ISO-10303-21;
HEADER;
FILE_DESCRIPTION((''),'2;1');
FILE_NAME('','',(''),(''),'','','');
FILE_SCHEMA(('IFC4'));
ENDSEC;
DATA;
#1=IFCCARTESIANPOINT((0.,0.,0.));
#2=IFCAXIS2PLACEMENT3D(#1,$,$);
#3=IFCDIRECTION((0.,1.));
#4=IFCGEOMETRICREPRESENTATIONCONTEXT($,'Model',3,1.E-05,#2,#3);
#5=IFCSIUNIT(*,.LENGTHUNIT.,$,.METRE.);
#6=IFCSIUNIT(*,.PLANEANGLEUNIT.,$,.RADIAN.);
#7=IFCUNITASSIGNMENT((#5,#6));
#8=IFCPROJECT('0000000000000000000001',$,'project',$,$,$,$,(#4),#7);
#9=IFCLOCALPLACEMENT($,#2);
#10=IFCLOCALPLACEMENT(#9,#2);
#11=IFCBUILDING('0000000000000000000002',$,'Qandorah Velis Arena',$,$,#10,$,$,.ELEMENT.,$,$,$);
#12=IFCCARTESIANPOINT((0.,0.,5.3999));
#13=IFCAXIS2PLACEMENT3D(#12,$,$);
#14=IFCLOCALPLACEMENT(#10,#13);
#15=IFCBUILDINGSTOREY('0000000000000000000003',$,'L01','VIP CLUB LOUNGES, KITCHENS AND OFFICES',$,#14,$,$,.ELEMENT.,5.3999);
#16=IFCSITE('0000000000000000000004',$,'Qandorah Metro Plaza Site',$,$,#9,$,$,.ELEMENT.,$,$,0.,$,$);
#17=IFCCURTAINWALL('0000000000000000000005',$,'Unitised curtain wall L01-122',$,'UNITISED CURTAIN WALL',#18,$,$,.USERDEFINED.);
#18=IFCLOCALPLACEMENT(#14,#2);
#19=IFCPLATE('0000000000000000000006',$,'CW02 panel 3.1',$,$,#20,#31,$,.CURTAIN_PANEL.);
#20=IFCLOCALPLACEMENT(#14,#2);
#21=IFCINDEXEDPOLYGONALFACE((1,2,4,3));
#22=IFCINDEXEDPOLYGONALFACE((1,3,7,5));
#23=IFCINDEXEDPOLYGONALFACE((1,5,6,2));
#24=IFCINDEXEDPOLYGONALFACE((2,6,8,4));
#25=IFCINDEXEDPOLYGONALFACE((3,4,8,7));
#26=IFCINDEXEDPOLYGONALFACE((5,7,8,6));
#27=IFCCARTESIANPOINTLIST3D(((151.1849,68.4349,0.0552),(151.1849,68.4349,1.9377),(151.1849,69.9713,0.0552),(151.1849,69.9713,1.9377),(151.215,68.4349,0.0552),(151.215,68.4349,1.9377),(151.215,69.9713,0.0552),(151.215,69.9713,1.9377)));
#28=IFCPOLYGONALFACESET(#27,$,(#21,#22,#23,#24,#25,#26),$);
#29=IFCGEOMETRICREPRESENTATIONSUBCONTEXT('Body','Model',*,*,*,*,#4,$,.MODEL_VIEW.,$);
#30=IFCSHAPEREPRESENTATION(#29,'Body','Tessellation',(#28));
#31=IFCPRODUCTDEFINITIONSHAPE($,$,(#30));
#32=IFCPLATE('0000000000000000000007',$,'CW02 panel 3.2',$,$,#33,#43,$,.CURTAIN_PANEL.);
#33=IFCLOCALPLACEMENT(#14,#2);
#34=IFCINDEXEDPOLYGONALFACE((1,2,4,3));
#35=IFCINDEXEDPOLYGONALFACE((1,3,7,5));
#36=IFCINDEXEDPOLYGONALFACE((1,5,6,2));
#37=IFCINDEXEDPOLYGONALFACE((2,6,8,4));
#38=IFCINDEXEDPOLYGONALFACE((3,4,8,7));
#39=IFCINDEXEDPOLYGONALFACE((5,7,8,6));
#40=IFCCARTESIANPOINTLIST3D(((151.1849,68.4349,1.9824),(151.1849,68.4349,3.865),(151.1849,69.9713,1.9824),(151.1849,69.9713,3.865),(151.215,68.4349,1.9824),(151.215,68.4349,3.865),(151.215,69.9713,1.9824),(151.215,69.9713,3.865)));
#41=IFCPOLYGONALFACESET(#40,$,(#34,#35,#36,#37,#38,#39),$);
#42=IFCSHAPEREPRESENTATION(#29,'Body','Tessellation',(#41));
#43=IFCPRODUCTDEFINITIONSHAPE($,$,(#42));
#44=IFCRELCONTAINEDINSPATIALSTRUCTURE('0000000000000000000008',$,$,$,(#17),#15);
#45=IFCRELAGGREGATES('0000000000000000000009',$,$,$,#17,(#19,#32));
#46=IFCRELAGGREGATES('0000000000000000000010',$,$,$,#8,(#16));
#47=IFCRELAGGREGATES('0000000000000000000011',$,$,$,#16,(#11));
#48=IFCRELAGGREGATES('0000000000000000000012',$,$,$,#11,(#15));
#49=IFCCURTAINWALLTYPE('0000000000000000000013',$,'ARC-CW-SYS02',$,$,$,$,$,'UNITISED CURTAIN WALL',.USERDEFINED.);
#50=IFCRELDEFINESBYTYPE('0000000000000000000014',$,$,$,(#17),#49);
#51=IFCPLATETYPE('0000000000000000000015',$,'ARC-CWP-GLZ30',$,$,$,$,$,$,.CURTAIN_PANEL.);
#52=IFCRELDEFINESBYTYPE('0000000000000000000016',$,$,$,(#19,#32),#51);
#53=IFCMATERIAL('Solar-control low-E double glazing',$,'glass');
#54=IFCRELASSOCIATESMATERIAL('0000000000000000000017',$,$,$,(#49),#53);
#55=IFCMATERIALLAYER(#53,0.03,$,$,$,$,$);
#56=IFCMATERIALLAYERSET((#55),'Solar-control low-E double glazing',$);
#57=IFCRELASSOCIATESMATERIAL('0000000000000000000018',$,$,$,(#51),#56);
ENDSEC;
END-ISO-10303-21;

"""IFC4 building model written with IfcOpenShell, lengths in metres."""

from ifc_helpers import new_model, si_unit, direction, frame, origin, origin_2d, place, context, subcontext, project, spatial, rectangle, extrude, material, layer, layer_set, type_object, element, aggregate, save


model = new_model("IFC4")

# Units and contexts
model_context = context("Model", 3, precision=1e-05, world=origin(), true_north=direction((0.0, 1.0)))
body_context = subcontext(model_context, "Body", "Model", "MODEL_VIEW")
ifc_project = project(units=[si_unit("LENGTHUNIT", "METRE"), si_unit("PLANEANGLEUNIT", "RADIAN")], contexts=[model_context])

# Site, building, storey
site_placement = place(None, origin())
site = spatial("IfcSite", under=ifc_project, at=site_placement, Name="Qandorah Metro Plaza Site", CompositionType="ELEMENT", RefElevation=0.0)
building_placement = place(site_placement, origin())
building = spatial("IfcBuilding", under=site, at=building_placement, Name="Qandorah Velis Arena", CompositionType="ELEMENT")
storey_placement = place(building_placement, frame((0.0, 0.0, 5.3999)))
storey = spatial("IfcBuildingStorey", under=building, at=storey_placement, Name="L01", Description="VIP CLUB LOUNGES, KITCHENS AND OFFICES", CompositionType="ELEMENT", Elevation=5.3999)

# Curtain wall
ifc_material_1 = material(Name="Solar-control low-E double glazing", Category="glass")
curtain_wall_type = type_object("IfcCurtainWallType", Name="ARC-CW-SYS02", ElementType="UNITISED CURTAIN WALL", PredefinedType="USERDEFINED", material=ifc_material_1)
curtain_wall_placement = place(storey_placement, origin())
curtain_wall = element("IfcCurtainWall", 1, at=curtain_wall_placement, inside=storey, type_object=curtain_wall_type, Name="Unitised curtain wall L01-122", ObjectType="UNITISED CURTAIN WALL", PredefinedType="USERDEFINED")

# Plates
ifc_layer = layer(ifc_material_1, 0.03)
ifc_layer_set = layer_set([ifc_layer], Name="Solar-control low-E double glazing")
plate_type = type_object("IfcPlateType", Name="ARC-CWP-GLZ30", PredefinedType="CURTAIN_PANEL", material=ifc_layer_set)
plate_1_placement = place(storey_placement, frame((151.2, 69.2031, 0.0552), z_axis=(0.0, 0.0, 1.0), x_axis=(0.0, 1.0, 0.0)))
plate_1 = element("IfcPlate", 2, at=plate_1_placement, type_object=plate_type, Name="CW02 panel 3.1", PredefinedType="CURTAIN_PANEL", context=body_context, shape_type="SweptSolid", body=[
    extrude(rectangle(XDim=1.5364, YDim=0.03, at=origin_2d()), origin(), (0.0, 0.0, 1.0), 1.8826),
])
plate_2_placement = place(storey_placement, frame((151.2, 69.2031, 1.9824), z_axis=(0.0, 0.0, 1.0), x_axis=(0.0, 1.0, 0.0)))
plate_2 = element("IfcPlate", 3, at=plate_2_placement, type_object=plate_type, Name="CW02 panel 3.2", PredefinedType="CURTAIN_PANEL", context=body_context, shape_type="SweptSolid", body=[
    extrude(rectangle(XDim=1.5364, YDim=0.03, at=origin_2d()), origin(), (0.0, 0.0, 1.0), 1.8826),
])
aggregate(curtain_wall, [plate_1, plate_2])

save(model, "model.ifc")
